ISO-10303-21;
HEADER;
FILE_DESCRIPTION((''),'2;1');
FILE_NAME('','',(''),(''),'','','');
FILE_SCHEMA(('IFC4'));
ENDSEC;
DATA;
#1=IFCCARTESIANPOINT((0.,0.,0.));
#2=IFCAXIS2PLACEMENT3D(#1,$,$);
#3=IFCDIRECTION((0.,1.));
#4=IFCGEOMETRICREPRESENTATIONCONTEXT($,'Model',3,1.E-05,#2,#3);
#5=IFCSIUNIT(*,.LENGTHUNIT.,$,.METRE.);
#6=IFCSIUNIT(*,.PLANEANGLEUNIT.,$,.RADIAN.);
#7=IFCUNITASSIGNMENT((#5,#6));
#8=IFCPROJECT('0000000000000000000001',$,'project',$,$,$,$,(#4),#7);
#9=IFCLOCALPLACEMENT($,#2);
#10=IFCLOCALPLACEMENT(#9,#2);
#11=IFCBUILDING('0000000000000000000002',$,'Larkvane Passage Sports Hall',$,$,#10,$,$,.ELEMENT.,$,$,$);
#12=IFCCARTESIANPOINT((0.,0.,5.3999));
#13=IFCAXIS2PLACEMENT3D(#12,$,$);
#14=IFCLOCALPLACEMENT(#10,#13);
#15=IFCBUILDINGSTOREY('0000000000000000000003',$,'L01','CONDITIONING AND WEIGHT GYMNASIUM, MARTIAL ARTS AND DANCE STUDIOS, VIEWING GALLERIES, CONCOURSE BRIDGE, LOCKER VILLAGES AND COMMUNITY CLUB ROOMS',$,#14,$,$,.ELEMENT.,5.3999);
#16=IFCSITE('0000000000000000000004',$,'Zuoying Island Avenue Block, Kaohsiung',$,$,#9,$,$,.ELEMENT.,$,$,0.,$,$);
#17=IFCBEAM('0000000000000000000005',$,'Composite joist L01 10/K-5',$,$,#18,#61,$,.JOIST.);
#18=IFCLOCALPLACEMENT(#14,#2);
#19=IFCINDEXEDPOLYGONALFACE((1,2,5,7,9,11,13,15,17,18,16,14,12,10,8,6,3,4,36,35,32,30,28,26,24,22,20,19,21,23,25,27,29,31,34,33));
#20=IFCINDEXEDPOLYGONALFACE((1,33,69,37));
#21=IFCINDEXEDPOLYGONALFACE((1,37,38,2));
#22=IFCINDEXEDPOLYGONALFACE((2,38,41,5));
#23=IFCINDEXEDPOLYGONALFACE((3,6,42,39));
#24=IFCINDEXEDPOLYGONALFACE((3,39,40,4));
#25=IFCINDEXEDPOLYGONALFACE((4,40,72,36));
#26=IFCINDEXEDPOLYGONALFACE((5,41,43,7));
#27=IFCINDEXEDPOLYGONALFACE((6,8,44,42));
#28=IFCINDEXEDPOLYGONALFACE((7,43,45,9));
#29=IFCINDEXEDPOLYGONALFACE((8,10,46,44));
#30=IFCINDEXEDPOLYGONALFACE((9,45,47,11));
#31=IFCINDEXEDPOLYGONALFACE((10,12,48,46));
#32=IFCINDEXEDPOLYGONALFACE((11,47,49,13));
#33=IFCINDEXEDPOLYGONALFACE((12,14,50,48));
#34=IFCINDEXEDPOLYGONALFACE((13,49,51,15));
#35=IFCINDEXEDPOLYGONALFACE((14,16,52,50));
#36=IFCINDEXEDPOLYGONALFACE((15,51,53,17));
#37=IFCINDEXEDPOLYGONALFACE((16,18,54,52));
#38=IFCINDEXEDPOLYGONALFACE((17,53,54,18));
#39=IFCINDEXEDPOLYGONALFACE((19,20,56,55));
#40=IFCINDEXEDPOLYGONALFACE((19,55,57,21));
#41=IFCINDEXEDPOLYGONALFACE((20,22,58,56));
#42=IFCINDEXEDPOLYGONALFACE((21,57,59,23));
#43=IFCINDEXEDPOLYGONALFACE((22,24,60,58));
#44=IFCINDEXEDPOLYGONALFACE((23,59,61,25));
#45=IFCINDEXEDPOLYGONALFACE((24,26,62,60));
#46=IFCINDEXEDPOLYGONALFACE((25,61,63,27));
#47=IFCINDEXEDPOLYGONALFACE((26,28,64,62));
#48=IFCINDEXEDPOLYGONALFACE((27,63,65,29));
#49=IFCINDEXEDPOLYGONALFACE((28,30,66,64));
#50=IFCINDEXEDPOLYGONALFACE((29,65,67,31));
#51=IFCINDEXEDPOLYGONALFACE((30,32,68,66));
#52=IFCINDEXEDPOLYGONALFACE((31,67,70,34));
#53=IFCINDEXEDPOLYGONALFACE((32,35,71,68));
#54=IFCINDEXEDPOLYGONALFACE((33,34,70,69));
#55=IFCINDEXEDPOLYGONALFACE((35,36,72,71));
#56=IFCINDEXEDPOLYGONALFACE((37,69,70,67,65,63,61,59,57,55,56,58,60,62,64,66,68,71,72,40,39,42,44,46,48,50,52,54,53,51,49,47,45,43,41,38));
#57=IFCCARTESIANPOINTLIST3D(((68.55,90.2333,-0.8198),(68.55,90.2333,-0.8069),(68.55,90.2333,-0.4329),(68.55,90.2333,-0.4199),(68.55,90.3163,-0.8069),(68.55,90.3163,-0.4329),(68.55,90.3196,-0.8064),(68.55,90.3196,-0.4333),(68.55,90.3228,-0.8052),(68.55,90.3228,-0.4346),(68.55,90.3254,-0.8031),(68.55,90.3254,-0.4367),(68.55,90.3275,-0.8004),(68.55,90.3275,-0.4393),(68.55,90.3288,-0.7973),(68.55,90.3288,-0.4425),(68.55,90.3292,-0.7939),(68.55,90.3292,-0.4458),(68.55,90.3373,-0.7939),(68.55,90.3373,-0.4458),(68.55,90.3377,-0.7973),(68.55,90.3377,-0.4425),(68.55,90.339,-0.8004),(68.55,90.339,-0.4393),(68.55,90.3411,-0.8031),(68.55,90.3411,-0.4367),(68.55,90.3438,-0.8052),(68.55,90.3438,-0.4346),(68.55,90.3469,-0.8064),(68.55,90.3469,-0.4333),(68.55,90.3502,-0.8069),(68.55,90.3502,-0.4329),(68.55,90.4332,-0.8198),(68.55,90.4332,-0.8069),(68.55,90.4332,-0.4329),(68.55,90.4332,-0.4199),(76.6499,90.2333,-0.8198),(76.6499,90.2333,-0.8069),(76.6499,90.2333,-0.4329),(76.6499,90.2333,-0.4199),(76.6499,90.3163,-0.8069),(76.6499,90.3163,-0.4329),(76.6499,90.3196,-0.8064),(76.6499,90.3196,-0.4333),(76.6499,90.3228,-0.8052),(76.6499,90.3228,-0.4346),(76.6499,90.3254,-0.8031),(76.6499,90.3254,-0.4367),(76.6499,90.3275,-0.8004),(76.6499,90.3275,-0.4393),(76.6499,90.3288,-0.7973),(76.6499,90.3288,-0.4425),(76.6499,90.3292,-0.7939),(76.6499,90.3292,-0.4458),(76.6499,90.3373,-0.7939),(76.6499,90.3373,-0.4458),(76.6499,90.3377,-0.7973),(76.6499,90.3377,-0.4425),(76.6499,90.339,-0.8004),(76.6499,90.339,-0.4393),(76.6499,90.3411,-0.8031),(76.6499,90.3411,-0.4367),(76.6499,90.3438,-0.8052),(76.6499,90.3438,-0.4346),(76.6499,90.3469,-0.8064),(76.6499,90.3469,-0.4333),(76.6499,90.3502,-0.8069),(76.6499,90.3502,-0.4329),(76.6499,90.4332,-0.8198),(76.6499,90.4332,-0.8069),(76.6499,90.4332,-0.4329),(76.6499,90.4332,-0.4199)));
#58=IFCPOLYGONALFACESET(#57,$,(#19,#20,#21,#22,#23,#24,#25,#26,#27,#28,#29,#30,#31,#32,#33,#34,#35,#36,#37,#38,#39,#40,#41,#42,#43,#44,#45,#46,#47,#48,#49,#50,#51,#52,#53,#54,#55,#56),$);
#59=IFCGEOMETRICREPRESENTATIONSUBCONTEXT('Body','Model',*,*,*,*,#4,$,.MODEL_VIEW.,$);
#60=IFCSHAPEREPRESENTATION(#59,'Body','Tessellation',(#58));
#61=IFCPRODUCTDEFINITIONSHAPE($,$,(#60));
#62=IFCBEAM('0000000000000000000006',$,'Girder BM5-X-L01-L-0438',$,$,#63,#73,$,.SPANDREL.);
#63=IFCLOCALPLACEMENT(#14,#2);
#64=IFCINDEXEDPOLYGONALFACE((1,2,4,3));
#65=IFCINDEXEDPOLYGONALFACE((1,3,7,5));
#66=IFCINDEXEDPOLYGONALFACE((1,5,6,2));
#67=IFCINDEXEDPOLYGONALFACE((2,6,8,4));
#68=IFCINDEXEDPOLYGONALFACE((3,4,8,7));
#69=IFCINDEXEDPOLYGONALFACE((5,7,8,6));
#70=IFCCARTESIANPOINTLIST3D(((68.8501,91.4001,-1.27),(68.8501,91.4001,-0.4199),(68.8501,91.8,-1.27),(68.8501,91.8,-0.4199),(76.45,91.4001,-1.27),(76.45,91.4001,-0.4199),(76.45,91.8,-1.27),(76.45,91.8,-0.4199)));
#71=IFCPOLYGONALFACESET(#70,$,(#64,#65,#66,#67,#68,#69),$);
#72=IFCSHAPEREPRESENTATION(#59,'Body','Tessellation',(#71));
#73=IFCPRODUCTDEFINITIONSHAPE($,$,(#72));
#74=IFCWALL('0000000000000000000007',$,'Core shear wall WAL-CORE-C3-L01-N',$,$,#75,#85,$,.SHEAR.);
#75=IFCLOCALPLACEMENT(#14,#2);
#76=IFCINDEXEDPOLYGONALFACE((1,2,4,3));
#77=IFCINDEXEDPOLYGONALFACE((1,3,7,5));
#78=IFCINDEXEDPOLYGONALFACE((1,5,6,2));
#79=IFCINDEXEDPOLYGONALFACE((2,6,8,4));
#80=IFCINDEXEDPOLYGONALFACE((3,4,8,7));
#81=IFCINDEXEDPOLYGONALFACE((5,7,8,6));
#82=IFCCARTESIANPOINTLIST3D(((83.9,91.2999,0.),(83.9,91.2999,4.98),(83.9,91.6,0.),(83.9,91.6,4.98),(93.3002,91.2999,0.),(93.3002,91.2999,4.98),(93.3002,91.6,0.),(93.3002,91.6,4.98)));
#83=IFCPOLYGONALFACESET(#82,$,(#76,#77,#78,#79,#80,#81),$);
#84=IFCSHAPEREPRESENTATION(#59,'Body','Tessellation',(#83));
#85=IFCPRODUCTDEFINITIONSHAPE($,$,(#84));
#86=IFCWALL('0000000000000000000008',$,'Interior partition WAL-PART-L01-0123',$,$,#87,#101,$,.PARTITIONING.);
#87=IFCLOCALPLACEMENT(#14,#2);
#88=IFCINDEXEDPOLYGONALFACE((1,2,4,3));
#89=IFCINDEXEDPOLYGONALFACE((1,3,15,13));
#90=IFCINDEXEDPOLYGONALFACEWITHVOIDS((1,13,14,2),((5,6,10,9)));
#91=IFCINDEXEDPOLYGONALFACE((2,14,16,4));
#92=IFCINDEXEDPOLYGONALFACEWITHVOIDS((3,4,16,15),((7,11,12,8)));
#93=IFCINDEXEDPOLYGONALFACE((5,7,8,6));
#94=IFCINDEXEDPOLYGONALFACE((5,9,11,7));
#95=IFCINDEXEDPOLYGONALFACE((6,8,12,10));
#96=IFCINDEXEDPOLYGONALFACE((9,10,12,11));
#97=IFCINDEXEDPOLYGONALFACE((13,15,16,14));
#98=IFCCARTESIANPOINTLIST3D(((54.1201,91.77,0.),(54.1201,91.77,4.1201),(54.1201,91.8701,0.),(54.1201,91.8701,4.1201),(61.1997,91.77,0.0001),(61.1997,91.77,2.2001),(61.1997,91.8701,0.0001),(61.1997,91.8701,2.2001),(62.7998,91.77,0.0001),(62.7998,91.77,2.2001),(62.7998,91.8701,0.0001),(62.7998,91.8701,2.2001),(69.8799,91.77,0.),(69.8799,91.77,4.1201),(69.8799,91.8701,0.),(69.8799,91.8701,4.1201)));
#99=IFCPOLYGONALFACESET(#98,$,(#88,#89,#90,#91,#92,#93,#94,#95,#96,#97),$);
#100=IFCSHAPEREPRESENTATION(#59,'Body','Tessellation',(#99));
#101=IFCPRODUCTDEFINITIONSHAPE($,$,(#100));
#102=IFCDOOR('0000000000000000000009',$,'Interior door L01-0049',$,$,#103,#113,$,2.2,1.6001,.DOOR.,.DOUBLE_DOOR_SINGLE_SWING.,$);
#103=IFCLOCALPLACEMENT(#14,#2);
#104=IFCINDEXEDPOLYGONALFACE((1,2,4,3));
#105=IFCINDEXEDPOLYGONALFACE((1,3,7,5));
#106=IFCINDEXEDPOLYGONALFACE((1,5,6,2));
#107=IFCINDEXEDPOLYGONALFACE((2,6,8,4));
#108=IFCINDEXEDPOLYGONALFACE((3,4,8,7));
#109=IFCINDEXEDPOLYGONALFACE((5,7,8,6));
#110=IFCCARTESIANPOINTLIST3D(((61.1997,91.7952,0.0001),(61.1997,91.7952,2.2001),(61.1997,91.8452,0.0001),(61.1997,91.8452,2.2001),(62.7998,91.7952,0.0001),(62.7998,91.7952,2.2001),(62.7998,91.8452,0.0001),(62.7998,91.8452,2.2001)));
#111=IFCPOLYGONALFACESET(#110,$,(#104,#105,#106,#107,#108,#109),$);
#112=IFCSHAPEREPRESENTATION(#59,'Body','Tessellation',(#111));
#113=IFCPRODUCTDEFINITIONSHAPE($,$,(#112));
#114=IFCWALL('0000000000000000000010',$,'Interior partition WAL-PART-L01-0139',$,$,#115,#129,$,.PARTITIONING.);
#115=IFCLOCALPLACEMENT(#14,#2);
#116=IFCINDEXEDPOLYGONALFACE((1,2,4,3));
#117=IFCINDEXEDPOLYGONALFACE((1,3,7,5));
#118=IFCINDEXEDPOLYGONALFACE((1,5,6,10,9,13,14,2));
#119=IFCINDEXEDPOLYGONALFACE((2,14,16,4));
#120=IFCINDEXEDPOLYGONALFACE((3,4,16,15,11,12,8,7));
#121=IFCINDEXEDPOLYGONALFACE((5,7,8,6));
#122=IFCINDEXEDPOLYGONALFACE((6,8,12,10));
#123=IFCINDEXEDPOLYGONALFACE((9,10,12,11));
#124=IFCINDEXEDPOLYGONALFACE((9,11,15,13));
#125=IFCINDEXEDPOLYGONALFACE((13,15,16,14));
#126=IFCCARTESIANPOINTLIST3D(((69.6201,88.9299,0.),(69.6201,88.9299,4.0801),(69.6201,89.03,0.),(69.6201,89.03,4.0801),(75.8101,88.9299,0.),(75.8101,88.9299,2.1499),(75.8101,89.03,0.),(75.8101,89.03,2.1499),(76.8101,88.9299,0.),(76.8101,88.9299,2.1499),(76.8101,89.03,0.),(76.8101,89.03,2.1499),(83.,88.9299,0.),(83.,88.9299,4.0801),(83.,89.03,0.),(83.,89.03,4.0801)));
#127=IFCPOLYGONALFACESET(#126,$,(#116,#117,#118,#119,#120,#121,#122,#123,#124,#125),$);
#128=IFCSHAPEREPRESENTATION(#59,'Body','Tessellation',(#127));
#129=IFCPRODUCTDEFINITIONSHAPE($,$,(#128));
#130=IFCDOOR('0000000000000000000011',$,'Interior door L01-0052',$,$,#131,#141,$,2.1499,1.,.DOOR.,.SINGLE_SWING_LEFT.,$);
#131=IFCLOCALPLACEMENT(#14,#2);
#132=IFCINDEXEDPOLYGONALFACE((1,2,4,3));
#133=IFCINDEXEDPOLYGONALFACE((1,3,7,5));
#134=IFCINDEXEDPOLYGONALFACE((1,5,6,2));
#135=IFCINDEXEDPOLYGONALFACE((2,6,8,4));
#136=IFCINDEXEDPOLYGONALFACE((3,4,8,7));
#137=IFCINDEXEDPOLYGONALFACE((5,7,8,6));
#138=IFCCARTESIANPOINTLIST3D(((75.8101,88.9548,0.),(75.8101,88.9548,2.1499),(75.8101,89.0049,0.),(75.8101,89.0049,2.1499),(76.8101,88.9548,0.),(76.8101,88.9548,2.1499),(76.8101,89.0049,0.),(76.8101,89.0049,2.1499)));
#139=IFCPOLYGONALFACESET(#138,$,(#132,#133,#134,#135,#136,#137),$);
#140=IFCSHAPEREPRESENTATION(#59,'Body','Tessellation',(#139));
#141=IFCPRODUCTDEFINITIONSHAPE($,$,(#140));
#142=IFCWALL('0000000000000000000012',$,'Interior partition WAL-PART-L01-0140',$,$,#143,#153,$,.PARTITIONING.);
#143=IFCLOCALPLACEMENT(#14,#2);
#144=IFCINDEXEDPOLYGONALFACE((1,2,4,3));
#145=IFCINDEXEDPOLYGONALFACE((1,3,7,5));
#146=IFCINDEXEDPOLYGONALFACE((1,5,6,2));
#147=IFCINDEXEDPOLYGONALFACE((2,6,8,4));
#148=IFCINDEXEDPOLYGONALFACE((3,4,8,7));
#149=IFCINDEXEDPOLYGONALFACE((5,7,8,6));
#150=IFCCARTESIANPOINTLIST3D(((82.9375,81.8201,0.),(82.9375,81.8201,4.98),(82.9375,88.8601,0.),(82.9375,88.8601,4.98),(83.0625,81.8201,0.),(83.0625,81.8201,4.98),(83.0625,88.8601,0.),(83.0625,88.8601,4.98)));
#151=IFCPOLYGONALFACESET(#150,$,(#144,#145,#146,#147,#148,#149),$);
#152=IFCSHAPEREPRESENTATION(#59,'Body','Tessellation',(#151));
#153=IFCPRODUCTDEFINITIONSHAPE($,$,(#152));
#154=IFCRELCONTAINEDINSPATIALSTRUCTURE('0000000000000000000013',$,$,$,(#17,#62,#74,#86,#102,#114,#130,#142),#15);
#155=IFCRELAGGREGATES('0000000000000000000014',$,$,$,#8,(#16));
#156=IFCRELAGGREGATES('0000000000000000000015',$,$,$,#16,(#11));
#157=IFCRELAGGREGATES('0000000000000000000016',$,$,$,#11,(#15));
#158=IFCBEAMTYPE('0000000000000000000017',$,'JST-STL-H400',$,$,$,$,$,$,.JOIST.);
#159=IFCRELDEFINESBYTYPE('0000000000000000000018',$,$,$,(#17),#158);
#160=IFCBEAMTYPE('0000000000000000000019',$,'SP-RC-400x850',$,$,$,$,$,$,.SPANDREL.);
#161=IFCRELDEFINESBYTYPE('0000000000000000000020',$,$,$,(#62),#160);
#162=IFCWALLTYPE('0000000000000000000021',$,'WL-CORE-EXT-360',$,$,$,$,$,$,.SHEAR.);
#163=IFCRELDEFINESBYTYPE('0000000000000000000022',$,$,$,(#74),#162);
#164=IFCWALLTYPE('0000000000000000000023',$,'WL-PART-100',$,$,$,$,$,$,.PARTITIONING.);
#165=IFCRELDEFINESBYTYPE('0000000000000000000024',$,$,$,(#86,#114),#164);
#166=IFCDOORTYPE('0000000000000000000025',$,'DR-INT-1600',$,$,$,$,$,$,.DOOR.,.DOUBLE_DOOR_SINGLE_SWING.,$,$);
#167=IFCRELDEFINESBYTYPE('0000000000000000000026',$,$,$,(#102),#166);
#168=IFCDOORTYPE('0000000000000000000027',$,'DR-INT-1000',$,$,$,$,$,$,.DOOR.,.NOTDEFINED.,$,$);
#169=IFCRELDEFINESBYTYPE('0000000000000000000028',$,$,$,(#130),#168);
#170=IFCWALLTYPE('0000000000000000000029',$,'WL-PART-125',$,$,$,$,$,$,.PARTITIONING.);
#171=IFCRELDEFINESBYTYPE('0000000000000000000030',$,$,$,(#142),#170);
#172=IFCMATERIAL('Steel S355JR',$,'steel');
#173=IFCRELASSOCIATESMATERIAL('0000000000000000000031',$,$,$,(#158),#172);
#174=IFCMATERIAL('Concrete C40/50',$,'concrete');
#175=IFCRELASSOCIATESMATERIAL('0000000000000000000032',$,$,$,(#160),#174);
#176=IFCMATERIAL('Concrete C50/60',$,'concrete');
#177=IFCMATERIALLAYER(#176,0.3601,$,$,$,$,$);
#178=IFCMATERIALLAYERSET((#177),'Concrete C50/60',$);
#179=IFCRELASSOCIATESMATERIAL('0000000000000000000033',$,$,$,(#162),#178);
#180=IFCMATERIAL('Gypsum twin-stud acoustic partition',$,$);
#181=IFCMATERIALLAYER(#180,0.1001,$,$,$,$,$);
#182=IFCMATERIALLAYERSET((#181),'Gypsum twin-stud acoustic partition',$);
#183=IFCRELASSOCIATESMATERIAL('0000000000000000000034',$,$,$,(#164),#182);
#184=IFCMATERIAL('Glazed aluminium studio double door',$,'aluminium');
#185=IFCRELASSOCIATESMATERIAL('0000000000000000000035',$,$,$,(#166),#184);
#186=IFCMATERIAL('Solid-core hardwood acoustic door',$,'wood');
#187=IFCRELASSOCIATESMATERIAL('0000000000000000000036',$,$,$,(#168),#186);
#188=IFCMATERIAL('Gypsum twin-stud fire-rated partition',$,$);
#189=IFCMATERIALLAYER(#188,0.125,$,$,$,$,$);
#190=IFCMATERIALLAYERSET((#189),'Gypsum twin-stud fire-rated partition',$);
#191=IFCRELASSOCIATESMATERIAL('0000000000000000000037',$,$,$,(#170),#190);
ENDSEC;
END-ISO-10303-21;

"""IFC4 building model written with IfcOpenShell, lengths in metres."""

from ifc_helpers import new_model, si_unit, direction, frame, frame_2d, origin, origin_2d, place, context, subcontext, project, spatial, rectangle, i_section, extrude, material, layer, layer_set, material_profile, profile_set, type_object, element, fill, save


model = new_model("IFC4")

# Units and contexts
model_context = context("Model", 3, precision=1e-05, world=origin(), true_north=direction((0.0, 1.0)))
body_context = subcontext(model_context, "Body", "Model", "MODEL_VIEW")
ifc_project = project(units=[si_unit("LENGTHUNIT", "METRE"), si_unit("PLANEANGLEUNIT", "RADIAN")], contexts=[model_context])

# Site, building, storey
site_placement = place(None, origin())
site = spatial("IfcSite", under=ifc_project, at=site_placement, Name="Zuoying Island Avenue Block, Kaohsiung", CompositionType="ELEMENT", RefElevation=0.0)
building_placement = place(site_placement, origin())
building = spatial("IfcBuilding", under=site, at=building_placement, Name="Larkvane Passage Sports Hall", CompositionType="ELEMENT")
storey_placement = place(building_placement, frame((0.0, 0.0, 5.3999)))
storey = spatial("IfcBuildingStorey", under=building, at=storey_placement, Name="L01", Description="CONDITIONING AND WEIGHT GYMNASIUM, MARTIAL ARTS AND DANCE STUDIOS, VIEWING GALLERIES, CONCOURSE BRIDGE, LOCKER VILLAGES AND COMMUNITY CLUB ROOMS", CompositionType="ELEMENT", Elevation=5.3999)

# Beams
ifc_material_1 = material(Name="Steel S355JR", Category="steel")
ifc_material_profile_1 = material_profile(ifc_material_1, i_section(OverallWidth=0.2, OverallDepth=0.3999, WebThickness=0.0081, FlangeThickness=0.0129, FilletRadius=0.0129, at=origin_2d()), Name="H-400x200x8x13")
ifc_profile_set_1 = profile_set([ifc_material_profile_1], Name="Steel S355JR")
beam_type_1 = type_object("IfcBeamType", Name="JST-STL-H400", PredefinedType="JOIST", material=ifc_profile_set_1)
beam_1_placement = place(storey_placement, frame((68.55, 90.3333, -0.6199), z_axis=(1.0, 0.0, 0.0), x_axis=(0.0, 1.0, 0.0)))
element("IfcBeam", 1, at=beam_1_placement, inside=storey, type_object=beam_type_1, Name="Composite joist L01 10/K-5", PredefinedType="JOIST", context=body_context, shape_type="SweptSolid", body=[
    extrude(i_section(OverallWidth=0.2, OverallDepth=0.3999, WebThickness=0.0081, FlangeThickness=0.0129, FilletRadius=0.0129, at=origin_2d()), origin(), (0.0, 0.0, 1.0), 8.0999),
])
ifc_material_2 = material(Name="Concrete C40/50", Category="concrete")
ifc_material_profile_2 = material_profile(ifc_material_2, rectangle(XDim=0.3999, YDim=0.8501, at=origin_2d()), Name="RC-SP-400x850")
ifc_profile_set_2 = profile_set([ifc_material_profile_2], Name="Concrete C40/50")
beam_type_2 = type_object("IfcBeamType", Name="SP-RC-400x850", PredefinedType="SPANDREL", material=ifc_profile_set_2)
beam_2_placement = place(storey_placement, frame((68.8501, 91.6001, -0.845), z_axis=(1.0, 0.0, 0.0), x_axis=(0.0, 1.0, 0.0)))
element("IfcBeam", 2, at=beam_2_placement, inside=storey, type_object=beam_type_2, Name="Girder BM5-X-L01-L-0438", PredefinedType="SPANDREL", context=body_context, shape_type="SweptSolid", body=[
    extrude(rectangle(XDim=0.3999, YDim=0.8501, at=origin_2d()), origin(), (0.0, 0.0, 1.0), 7.5999),
])

# Wall
ifc_material_3 = material(Name="Concrete C50/60", Category="concrete")
ifc_layer_1 = layer(ifc_material_3, 0.3601)
ifc_layer_set_1 = layer_set([ifc_layer_1], Name="Concrete C50/60")
wall_type_1 = type_object("IfcWallType", Name="WL-CORE-EXT-360", PredefinedType="SHEAR", material=ifc_layer_set_1)
wall_1_placement = place(storey_placement, frame((83.8999, 91.45, 0.0), z_axis=(0.0, 0.0, 1.0), x_axis=(1.0, 0.0, 0.0)))
element("IfcWall", 3, at=wall_1_placement, inside=storey, type_object=wall_type_1, Name="Core shear wall WAL-CORE-C3-L01-N", PredefinedType="SHEAR", context=body_context, shape_type="SweptSolid", body=[
    extrude(rectangle(XDim=9.4001, YDim=0.3, at=frame_2d((4.7002, 0.0))), origin(), (0.0, 0.0, 1.0), 4.98),
])

# Walls, openings, doors
ifc_material_4 = material(Name="Gypsum twin-stud acoustic partition")
ifc_layer_2 = layer(ifc_material_4, 0.1001)
ifc_layer_set_2 = layer_set([ifc_layer_2], Name="Gypsum twin-stud acoustic partition")
wall_type_2 = type_object("IfcWallType", Name="WL-PART-100", PredefinedType="PARTITIONING", material=ifc_layer_set_2)
wall_2_placement = place(storey_placement, frame((69.8799, 91.8201, 0.0), z_axis=(0.0, 0.0, 1.0), x_axis=(-1.0, 0.0, 0.0)))
wall_2 = element("IfcWall", 4, at=wall_2_placement, inside=storey, type_object=wall_type_2, Name="Interior partition WAL-PART-L01-0123", PredefinedType="PARTITIONING", context=body_context, shape_type="SweptSolid", body=[
    extrude(rectangle(XDim=15.7598, YDim=0.1001, at=frame_2d((7.8799, 0.0))), origin(), (0.0, 0.0, 1.0), 4.1201),
])
opening_1_placement = place(wall_2_placement, frame((7.0801, 0.0, 0.0)))
opening_1 = element("IfcOpeningElement", 5, at=opening_1_placement, cuts=wall_2, PredefinedType="OPENING", context=body_context, shape_type="SweptSolid", body=[
    extrude(rectangle(XDim=1.6001, YDim=2.2, at=frame_2d((0.8, 1.1001))), frame((0.0, 0.0601, 0.0), z_axis=(0.0, -1.0, 0.0), x_axis=(1.0, 0.0, 0.0)), (0.0, 0.0, 1.0), 0.1201),
])
ifc_material_5 = material(Name="Glazed aluminium studio double door", Category="aluminium")
door_type_1 = type_object("IfcDoorType", Name="DR-INT-1600", OperationType="DOUBLE_DOOR_SINGLE_SWING", PredefinedType="DOOR", material=ifc_material_5)
door_1_placement = place(opening_1_placement, origin())
door_1 = element("IfcDoor", 6, at=door_1_placement, inside=storey, type_object=door_type_1, Name="Interior door L01-0049", OperationType="DOUBLE_DOOR_SINGLE_SWING", OverallHeight=2.2, OverallWidth=1.6001, PredefinedType="DOOR", context=body_context, shape_type="SweptSolid", body=[
    extrude(rectangle(XDim=1.6001, YDim=2.2, at=frame_2d((0.8, 1.1001))), frame((0.0, 0.0249, 0.0), z_axis=(0.0, -1.0, 0.0), x_axis=(1.0, 0.0, 0.0)), (0.0, 0.0, 1.0), 0.05),
])
fill(opening_1, door_1)
wall_3_placement = place(storey_placement, frame((69.6201, 88.98, 0.0), z_axis=(0.0, 0.0, 1.0), x_axis=(1.0, 0.0, 0.0)))
wall_3 = element("IfcWall", 7, at=wall_3_placement, inside=storey, type_object=wall_type_2, Name="Interior partition WAL-PART-L01-0139", PredefinedType="PARTITIONING", context=body_context, shape_type="SweptSolid", body=[
    extrude(rectangle(XDim=13.3799, YDim=0.1001, at=frame_2d((6.6899, 0.0))), origin(), (0.0, 0.0, 1.0), 4.0801),
])
opening_2_placement = place(wall_3_placement, frame((6.1899, 0.0, 0.0)))
opening_2 = element("IfcOpeningElement", 8, at=opening_2_placement, cuts=wall_3, PredefinedType="OPENING", context=body_context, shape_type="SweptSolid", body=[
    extrude(rectangle(XDim=1.0, YDim=2.1499, at=frame_2d((0.5, 1.075))), frame((0.0, 0.0601, 0.0), z_axis=(0.0, -1.0, 0.0), x_axis=(1.0, 0.0, 0.0)), (0.0, 0.0, 1.0), 0.1201),
])
ifc_material_6 = material(Name="Solid-core hardwood acoustic door", Category="wood")
door_type_2 = type_object("IfcDoorType", Name="DR-INT-1000", OperationType="NOTDEFINED", PredefinedType="DOOR", material=ifc_material_6)
door_2_placement = place(opening_2_placement, origin())
door_2 = element("IfcDoor", 9, at=door_2_placement, inside=storey, type_object=door_type_2, Name="Interior door L01-0052", OperationType="SINGLE_SWING_LEFT", OverallHeight=2.1499, OverallWidth=1.0, PredefinedType="DOOR", context=body_context, shape_type="SweptSolid", body=[
    extrude(rectangle(XDim=1.0, YDim=2.1499, at=frame_2d((0.5, 1.075))), frame((0.0, 0.0249, 0.0), z_axis=(0.0, -1.0, 0.0), x_axis=(1.0, 0.0, 0.0)), (0.0, 0.0, 1.0), 0.05),
])
fill(opening_2, door_2)

# Wall
ifc_material_7 = material(Name="Gypsum twin-stud fire-rated partition")
ifc_layer_3 = layer(ifc_material_7, 0.125)
ifc_layer_set_3 = layer_set([ifc_layer_3], Name="Gypsum twin-stud fire-rated partition")
wall_type_3 = type_object("IfcWallType", Name="WL-PART-125", PredefinedType="PARTITIONING", material=ifc_layer_set_3)
wall_4_placement = place(storey_placement, frame((83.0, 88.8601, 0.0), z_axis=(0.0, 0.0, 1.0), x_axis=(0.0, -1.0, 0.0)))
element("IfcWall", 10, at=wall_4_placement, inside=storey, type_object=wall_type_3, Name="Interior partition WAL-PART-L01-0140", PredefinedType="PARTITIONING", context=body_context, shape_type="SweptSolid", body=[
    extrude(rectangle(XDim=7.04, YDim=0.125, at=frame_2d((3.52, 0.0))), origin(), (0.0, 0.0, 1.0), 4.98),
])

save(model, "model.ifc")
